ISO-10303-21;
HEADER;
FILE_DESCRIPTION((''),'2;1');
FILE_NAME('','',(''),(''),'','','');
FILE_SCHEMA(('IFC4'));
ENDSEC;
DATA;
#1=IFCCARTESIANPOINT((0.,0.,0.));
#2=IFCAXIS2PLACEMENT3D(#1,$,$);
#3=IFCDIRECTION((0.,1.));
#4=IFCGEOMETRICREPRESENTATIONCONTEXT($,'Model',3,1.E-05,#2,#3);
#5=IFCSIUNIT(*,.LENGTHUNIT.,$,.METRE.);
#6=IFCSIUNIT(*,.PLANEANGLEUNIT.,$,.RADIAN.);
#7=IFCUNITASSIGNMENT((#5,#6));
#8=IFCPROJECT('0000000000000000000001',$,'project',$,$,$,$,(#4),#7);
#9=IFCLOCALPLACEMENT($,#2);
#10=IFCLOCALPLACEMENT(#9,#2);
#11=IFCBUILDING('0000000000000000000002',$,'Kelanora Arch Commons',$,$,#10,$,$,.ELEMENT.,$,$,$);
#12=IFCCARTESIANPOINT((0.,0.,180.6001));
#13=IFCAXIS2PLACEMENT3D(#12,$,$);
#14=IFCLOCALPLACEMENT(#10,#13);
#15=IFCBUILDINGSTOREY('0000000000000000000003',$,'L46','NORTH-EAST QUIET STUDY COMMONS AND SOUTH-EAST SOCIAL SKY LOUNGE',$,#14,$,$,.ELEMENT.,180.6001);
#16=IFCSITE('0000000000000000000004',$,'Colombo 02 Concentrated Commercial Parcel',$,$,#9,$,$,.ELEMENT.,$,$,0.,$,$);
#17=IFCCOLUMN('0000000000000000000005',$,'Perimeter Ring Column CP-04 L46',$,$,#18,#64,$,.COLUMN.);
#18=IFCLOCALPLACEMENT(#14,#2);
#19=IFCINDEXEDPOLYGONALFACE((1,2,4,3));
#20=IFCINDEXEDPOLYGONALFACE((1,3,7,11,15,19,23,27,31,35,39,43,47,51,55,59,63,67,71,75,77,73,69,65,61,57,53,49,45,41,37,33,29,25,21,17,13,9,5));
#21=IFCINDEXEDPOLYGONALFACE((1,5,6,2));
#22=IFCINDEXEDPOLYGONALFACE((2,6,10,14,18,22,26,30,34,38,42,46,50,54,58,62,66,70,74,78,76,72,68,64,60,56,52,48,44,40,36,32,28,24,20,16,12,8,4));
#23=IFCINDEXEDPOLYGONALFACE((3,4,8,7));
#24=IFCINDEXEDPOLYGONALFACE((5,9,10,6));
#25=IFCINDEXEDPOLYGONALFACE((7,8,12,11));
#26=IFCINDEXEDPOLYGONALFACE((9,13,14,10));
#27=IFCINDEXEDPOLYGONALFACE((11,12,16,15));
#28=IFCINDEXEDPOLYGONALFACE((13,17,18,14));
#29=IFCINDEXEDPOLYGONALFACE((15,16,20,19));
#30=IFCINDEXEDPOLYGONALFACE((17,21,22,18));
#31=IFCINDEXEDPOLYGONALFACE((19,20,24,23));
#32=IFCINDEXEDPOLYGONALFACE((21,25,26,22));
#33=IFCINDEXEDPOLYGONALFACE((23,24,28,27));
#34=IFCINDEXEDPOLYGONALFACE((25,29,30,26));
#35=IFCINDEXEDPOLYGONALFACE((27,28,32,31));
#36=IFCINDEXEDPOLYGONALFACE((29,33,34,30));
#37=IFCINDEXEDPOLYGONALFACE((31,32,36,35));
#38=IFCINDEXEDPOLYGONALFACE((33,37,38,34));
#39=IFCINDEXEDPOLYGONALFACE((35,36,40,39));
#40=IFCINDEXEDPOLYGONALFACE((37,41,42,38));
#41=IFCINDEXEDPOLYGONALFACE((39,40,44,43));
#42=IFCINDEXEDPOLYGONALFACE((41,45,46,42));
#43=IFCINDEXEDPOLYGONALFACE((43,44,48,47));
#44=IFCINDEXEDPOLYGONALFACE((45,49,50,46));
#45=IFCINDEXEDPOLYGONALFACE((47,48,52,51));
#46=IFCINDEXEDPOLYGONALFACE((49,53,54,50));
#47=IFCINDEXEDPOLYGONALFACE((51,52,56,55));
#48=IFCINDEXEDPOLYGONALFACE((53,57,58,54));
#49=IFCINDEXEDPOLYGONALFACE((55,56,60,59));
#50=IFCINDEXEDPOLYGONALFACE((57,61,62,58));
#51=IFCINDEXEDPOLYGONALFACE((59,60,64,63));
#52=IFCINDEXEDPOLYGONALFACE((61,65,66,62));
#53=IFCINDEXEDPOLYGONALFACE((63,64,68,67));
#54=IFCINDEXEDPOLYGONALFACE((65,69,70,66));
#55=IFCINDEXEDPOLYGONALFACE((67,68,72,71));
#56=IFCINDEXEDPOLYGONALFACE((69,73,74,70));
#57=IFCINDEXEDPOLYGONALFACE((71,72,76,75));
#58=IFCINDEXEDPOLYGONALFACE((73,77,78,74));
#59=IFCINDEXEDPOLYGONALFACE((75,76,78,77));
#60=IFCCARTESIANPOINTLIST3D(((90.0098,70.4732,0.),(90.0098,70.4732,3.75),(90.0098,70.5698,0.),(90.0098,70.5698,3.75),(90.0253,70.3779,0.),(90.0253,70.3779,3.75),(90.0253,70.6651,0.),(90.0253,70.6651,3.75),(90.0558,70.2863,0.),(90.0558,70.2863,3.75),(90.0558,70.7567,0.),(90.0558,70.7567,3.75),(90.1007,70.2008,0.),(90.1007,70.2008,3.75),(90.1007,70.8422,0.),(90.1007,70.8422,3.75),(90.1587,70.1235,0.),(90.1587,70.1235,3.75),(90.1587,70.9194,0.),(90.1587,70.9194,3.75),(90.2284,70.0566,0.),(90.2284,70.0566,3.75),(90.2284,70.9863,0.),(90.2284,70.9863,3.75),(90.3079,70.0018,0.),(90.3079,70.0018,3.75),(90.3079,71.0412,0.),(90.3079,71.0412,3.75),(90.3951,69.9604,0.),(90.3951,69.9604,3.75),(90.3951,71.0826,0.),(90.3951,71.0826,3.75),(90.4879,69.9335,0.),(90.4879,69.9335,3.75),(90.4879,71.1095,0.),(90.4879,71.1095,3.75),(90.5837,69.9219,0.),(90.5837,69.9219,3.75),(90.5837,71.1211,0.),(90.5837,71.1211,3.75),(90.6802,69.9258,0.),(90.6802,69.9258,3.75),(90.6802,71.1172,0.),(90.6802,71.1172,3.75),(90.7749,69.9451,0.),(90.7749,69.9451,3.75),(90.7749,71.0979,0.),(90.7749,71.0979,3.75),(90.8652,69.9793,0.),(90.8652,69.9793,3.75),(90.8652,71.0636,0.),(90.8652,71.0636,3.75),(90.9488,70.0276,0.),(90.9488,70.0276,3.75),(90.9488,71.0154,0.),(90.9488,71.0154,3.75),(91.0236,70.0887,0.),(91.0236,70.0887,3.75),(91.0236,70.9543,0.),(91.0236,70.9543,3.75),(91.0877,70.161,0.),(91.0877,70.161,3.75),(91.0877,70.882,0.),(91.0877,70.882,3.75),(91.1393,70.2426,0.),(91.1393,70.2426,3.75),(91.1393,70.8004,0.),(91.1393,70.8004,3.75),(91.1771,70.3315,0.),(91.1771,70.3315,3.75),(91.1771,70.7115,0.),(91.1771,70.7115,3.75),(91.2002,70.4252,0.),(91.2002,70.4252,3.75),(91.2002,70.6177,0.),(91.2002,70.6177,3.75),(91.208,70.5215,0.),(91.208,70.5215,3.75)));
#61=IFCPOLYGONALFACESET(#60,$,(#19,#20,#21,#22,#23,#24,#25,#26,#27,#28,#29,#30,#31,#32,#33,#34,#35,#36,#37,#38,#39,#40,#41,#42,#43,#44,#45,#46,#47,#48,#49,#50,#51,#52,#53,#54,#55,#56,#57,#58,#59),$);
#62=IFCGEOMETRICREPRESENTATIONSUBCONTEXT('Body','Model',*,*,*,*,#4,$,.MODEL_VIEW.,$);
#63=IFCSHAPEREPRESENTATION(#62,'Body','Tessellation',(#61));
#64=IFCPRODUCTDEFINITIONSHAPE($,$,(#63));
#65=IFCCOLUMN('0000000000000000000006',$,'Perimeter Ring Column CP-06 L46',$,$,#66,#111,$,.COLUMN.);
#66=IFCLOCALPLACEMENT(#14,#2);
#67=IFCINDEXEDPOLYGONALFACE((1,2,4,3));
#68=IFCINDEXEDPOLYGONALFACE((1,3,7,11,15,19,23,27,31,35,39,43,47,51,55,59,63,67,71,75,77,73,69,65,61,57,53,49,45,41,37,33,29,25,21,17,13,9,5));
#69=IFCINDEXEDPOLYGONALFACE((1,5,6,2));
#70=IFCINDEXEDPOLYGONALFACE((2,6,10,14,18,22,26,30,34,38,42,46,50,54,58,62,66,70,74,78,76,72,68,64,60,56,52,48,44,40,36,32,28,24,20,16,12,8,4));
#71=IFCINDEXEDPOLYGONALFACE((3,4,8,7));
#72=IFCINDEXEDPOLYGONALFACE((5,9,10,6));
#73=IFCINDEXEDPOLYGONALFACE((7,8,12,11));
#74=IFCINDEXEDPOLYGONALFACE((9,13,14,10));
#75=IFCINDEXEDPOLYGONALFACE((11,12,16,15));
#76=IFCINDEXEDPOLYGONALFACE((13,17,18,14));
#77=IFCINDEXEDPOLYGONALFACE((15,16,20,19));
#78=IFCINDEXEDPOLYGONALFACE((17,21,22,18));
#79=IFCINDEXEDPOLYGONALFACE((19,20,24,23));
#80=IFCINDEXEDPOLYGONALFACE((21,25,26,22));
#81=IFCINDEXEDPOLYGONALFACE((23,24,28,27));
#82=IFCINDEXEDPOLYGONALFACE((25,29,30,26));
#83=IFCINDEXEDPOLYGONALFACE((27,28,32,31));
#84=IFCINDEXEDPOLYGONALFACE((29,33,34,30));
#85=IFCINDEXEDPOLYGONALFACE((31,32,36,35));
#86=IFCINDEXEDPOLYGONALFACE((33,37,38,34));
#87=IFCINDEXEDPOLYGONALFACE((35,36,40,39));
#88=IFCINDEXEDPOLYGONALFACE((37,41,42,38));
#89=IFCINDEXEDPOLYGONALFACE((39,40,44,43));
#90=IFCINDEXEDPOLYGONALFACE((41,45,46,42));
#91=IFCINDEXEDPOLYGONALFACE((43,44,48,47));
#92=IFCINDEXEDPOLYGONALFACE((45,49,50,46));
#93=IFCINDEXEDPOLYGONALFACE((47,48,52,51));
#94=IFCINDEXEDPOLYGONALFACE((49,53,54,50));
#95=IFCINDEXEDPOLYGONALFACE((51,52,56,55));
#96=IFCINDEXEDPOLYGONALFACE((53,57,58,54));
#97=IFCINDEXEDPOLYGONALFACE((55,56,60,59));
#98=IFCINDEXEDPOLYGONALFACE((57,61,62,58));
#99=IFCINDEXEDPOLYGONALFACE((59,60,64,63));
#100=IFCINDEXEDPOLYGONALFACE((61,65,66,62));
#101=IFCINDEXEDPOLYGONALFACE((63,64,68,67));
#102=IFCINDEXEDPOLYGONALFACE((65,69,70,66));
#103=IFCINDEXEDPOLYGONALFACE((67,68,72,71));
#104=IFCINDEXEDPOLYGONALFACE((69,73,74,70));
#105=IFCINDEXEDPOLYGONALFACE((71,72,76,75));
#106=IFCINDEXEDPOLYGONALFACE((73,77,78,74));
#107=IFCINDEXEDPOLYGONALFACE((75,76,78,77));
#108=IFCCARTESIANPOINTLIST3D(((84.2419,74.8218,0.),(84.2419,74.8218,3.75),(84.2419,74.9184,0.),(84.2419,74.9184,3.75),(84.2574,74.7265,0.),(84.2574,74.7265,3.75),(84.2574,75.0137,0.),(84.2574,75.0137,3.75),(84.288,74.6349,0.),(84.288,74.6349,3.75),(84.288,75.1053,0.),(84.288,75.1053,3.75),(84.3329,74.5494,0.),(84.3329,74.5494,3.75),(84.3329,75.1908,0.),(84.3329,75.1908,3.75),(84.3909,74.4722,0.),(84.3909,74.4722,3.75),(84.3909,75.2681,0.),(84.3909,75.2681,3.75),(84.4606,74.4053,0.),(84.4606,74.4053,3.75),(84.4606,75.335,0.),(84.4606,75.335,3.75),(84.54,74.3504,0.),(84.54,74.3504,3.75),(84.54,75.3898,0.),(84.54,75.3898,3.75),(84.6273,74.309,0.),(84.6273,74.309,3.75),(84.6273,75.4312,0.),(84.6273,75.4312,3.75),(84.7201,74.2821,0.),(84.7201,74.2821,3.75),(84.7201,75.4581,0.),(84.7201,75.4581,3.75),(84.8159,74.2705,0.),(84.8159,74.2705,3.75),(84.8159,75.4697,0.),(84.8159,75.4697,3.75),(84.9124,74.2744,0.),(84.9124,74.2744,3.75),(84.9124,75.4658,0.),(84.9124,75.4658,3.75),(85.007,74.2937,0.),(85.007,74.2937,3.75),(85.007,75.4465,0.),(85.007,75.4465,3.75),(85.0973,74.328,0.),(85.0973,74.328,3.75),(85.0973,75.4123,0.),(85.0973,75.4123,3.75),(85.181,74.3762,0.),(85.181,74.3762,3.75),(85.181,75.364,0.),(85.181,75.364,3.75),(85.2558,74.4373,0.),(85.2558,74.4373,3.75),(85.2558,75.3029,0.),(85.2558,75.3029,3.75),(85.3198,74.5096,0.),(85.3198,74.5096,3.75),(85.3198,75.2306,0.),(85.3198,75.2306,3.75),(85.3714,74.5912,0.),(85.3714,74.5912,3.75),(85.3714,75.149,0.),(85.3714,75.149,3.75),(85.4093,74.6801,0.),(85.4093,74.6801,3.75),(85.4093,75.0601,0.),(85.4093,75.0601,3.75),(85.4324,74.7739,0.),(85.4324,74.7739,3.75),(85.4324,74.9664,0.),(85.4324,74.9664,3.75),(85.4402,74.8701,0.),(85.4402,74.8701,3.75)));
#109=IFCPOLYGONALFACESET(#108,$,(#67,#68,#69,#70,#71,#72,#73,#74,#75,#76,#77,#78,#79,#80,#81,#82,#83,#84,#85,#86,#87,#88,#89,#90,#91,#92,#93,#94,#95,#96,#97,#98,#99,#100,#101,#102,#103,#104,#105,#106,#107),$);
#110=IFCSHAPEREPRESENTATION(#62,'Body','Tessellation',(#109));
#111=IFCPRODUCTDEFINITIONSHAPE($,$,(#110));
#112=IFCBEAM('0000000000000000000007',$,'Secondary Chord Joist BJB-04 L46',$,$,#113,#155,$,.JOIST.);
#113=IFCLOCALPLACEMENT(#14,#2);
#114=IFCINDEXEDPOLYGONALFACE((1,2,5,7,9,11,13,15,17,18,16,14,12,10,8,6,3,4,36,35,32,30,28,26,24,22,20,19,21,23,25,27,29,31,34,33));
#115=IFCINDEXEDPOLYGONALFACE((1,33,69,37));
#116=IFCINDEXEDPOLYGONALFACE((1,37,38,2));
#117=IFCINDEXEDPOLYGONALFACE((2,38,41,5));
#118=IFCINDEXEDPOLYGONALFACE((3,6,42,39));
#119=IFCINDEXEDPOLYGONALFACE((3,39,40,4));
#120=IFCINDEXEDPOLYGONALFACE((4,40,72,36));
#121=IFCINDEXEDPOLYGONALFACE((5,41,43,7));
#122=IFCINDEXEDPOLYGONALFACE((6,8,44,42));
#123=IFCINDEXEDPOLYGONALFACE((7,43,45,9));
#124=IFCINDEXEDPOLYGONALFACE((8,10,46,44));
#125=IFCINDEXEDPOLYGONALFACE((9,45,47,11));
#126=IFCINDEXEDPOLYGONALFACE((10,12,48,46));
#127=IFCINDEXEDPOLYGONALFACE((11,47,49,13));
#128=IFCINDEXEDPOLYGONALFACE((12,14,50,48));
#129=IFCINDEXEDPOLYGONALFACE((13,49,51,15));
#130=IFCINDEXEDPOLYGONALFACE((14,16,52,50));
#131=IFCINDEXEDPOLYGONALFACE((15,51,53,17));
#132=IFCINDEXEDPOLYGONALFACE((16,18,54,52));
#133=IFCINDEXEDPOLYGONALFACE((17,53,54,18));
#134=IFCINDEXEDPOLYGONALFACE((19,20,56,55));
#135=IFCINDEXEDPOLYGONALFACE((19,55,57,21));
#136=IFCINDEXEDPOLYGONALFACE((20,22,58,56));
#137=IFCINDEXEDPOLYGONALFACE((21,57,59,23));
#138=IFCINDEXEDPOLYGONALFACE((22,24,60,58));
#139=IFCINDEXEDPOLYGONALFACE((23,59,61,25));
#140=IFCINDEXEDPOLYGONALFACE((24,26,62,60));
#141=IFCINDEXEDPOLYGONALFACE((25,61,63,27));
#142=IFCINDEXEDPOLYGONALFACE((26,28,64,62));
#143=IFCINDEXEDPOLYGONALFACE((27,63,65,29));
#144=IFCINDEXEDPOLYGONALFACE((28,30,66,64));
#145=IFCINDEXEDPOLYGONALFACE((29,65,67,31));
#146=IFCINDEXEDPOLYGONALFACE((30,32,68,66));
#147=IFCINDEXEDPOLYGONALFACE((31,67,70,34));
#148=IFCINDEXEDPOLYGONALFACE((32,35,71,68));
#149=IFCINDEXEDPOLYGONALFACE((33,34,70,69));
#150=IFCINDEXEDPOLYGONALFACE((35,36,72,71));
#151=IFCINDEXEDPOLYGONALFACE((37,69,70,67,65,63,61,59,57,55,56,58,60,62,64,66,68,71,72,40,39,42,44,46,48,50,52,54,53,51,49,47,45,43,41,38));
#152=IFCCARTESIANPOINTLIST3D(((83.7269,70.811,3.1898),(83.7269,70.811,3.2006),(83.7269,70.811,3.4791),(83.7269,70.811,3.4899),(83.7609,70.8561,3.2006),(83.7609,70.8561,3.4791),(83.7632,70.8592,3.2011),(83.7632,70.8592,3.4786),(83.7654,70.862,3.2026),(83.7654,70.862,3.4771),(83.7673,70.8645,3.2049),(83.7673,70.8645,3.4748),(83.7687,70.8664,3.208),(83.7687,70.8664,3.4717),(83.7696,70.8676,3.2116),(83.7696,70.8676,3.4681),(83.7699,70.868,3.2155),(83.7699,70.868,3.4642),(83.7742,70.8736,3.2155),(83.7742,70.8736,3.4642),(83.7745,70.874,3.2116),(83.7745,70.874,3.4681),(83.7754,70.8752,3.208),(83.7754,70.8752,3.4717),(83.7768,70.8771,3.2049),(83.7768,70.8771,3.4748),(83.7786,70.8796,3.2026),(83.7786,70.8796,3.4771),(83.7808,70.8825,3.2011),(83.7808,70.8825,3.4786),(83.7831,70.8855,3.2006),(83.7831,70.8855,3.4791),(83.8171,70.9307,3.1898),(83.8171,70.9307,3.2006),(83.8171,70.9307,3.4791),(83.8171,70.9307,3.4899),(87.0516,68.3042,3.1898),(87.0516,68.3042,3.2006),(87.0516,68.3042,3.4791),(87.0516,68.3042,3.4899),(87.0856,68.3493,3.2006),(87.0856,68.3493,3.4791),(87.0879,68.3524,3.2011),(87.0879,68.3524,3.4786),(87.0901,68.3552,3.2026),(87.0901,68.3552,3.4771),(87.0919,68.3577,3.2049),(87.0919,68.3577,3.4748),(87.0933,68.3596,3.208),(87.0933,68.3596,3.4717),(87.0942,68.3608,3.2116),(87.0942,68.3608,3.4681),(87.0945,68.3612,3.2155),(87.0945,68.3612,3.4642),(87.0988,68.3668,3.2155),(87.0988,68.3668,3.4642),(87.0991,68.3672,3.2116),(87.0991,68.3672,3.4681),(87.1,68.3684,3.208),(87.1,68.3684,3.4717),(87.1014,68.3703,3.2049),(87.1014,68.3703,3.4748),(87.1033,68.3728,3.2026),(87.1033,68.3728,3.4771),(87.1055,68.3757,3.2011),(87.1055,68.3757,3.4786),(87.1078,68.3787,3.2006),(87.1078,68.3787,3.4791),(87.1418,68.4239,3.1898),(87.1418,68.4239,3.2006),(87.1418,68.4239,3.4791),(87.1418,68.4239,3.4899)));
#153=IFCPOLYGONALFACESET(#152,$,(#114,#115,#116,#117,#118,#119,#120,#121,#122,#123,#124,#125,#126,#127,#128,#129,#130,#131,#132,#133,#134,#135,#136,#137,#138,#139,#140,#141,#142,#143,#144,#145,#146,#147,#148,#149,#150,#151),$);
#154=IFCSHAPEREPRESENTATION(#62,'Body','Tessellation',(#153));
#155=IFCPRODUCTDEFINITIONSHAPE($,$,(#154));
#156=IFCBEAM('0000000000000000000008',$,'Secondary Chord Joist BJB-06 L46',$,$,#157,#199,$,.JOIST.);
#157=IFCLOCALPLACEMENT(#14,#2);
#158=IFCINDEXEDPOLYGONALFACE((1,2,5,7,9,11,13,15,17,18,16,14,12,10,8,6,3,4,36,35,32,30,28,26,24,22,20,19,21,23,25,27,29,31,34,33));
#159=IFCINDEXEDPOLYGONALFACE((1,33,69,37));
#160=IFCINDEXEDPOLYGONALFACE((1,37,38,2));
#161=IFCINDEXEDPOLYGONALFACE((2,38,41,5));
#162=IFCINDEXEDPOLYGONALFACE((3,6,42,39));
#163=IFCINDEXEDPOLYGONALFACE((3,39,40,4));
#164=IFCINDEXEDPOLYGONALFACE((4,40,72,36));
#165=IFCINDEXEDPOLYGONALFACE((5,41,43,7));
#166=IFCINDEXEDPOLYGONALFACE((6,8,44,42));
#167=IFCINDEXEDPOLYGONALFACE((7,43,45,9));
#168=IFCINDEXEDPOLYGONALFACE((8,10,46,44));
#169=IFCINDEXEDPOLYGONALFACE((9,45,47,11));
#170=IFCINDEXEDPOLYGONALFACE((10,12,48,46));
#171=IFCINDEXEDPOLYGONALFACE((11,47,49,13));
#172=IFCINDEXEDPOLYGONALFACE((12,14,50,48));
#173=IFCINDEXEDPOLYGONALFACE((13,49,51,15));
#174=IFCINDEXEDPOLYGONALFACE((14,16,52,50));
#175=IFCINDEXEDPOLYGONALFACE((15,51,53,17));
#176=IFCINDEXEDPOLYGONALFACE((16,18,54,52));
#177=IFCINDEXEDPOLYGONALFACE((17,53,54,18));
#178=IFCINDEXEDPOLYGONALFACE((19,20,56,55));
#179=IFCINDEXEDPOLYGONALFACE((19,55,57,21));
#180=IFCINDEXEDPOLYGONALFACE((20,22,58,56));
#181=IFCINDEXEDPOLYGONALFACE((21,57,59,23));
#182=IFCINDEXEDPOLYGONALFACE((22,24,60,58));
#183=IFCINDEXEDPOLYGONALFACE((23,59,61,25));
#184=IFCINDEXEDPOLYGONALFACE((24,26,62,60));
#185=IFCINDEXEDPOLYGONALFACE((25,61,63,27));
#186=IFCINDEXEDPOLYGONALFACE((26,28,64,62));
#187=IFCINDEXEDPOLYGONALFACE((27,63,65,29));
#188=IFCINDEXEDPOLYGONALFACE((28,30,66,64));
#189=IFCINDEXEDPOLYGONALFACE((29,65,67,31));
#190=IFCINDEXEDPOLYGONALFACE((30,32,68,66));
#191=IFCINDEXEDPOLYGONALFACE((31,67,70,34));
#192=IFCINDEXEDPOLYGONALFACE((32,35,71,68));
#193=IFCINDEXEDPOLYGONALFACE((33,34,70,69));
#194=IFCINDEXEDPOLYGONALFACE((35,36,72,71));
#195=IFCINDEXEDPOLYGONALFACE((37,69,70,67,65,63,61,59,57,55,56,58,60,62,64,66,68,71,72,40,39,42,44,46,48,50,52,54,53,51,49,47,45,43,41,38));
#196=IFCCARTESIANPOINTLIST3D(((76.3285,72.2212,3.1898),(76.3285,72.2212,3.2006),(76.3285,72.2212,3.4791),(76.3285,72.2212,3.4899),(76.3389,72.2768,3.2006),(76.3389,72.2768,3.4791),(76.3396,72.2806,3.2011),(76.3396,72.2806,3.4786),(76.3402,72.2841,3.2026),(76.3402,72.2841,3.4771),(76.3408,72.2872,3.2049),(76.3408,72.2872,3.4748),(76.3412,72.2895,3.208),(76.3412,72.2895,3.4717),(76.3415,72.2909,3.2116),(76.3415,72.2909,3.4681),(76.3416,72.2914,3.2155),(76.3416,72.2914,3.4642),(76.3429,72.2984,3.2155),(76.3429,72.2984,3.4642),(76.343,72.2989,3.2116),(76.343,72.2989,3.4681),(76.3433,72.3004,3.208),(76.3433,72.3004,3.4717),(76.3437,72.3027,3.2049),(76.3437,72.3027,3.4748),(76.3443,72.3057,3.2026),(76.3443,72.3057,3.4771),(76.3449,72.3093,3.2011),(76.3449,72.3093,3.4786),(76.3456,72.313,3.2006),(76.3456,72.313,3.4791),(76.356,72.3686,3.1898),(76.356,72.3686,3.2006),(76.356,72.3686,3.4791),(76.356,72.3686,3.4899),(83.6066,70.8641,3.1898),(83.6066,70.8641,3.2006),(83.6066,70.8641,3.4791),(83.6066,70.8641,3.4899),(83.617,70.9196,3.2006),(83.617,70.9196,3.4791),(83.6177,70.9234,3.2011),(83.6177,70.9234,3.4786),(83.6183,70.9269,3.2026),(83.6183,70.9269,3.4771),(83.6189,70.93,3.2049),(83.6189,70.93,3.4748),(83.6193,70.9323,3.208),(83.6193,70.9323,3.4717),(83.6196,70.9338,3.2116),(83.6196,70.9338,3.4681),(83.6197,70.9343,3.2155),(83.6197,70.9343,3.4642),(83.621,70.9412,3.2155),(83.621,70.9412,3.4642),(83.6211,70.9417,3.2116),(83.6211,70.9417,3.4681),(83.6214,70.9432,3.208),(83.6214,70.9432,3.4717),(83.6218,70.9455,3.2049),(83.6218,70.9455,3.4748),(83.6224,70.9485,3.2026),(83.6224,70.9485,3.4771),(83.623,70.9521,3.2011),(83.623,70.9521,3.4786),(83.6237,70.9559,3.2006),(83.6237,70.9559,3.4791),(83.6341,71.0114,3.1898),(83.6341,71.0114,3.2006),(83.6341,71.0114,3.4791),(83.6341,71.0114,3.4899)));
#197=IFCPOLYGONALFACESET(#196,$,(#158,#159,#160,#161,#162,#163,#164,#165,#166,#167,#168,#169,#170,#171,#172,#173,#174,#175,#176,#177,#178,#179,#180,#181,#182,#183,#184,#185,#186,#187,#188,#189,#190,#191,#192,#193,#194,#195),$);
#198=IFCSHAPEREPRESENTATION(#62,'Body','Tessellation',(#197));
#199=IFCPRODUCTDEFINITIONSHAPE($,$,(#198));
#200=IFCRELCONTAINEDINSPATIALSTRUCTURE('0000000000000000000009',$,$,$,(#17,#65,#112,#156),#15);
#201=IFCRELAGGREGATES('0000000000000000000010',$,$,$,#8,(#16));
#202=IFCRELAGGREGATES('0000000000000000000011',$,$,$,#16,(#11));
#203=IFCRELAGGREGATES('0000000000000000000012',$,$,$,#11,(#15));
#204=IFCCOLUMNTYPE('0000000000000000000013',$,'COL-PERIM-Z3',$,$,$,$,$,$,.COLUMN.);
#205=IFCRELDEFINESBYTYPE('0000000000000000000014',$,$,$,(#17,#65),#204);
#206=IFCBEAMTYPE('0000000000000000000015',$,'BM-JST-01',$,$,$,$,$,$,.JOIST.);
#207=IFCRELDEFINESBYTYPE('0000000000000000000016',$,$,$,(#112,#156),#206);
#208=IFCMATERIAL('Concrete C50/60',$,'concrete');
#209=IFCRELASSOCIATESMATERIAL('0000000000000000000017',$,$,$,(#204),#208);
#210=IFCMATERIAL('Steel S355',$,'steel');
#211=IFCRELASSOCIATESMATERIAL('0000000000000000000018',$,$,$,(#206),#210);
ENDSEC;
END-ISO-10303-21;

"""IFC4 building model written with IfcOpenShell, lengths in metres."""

from ifc_helpers import new_model, si_unit, direction, frame, origin, origin_2d, place, context, subcontext, project, spatial, circle, i_section, extrude, material, material_profile, profile_set, type_object, element, save


model = new_model("IFC4")

# Units and contexts
model_context = context("Model", 3, precision=1e-05, world=origin(), true_north=direction((0.0, 1.0)))
body_context = subcontext(model_context, "Body", "Model", "MODEL_VIEW")
ifc_project = project(units=[si_unit("LENGTHUNIT", "METRE"), si_unit("PLANEANGLEUNIT", "RADIAN")], contexts=[model_context])

# Site, building, storey
site_placement = place(None, origin())
site = spatial("IfcSite", under=ifc_project, at=site_placement, Name="Colombo 02 Concentrated Commercial Parcel", CompositionType="ELEMENT", RefElevation=0.0)
building_placement = place(site_placement, origin())
building = spatial("IfcBuilding", under=site, at=building_placement, Name="Kelanora Arch Commons", CompositionType="ELEMENT")
storey_placement = place(building_placement, frame((0.0, 0.0, 180.6001)))
storey = spatial("IfcBuildingStorey", under=building, at=storey_placement, Name="L46", Description="NORTH-EAST QUIET STUDY COMMONS AND SOUTH-EAST SOCIAL SKY LOUNGE", CompositionType="ELEMENT", Elevation=180.6001)

# Columns
ifc_material_1 = material(Name="Concrete C50/60", Category="concrete")
ifc_material_profile_1 = material_profile(ifc_material_1, circle(Radius=0.6001, at=origin_2d()), Name="RCC1200")
ifc_profile_set_1 = profile_set([ifc_material_profile_1], Name="Concrete C50/60")
column_type = type_object("IfcColumnType", Name="COL-PERIM-Z3", PredefinedType="COLUMN", material=ifc_profile_set_1)
for number, where, z_axis, x_axis, name in (
    (1, (90.6079, 70.5215, 0.0), (0.0, 0.0, 1.0), (1.0, 0.0, 0.0), "Perimeter Ring Column CP-04 L46"),
    (2, (84.8401, 74.8701, 0.0), (0.0, 0.0, 1.0), (1.0, 0.0, 0.0), "Perimeter Ring Column CP-06 L46"),
):
    element("IfcColumn", number, at=place(storey_placement, frame(where, z_axis=z_axis, x_axis=x_axis)), inside=storey, type_object=column_type, Name=name, PredefinedType="COLUMN", context=body_context, shape_type="SweptSolid", body=[
        extrude(circle(Radius=0.6001, at=origin_2d()), origin(), (0.0, 0.0, 1.0), 3.75),
    ])

# Beams
ifc_material_2 = material(Name="Steel S355", Category="steel")
ifc_material_profile_2 = material_profile(ifc_material_2, i_section(OverallWidth=0.1499, OverallDepth=0.3, WebThickness=0.0071, FlangeThickness=0.0107, FilletRadius=0.0149, at=origin_2d()), Name="IPE300")
ifc_profile_set_2 = profile_set([ifc_material_profile_2], Name="Steel S355")
beam_type_1 = type_object("IfcBeamType", Name="BM-JST-01", PredefinedType="JOIST", material=ifc_profile_set_2)
beam_1_placement = place(storey_placement, frame((87.0967, 68.364, 3.3398), z_axis=(-0.798464, 0.602043, 0.0), x_axis=(-0.602043, -0.798464, 0.0)))
element("IfcBeam", 3, at=beam_1_placement, inside=storey, type_object=beam_type_1, Name="Secondary Chord Joist BJB-04 L46", PredefinedType="JOIST", context=body_context, shape_type="SweptSolid", body=[
    extrude(i_section(OverallWidth=0.1499, OverallDepth=0.3, WebThickness=0.0071, FlangeThickness=0.0107, FilletRadius=0.0149, at=origin_2d()), origin(), (0.0, 0.0, 1.0), 4.1638),
])
beam_2_placement = place(storey_placement, frame((83.6204, 70.9377, 3.3398), z_axis=(-0.983054, 0.183315, 0.0), x_axis=(-0.183315, -0.983054, 0.0)))
element("IfcBeam", 4, at=beam_2_placement, inside=storey, type_object=beam_type_1, Name="Secondary Chord Joist BJB-06 L46", PredefinedType="JOIST", context=body_context, shape_type="SweptSolid", body=[
    extrude(i_section(OverallWidth=0.1499, OverallDepth=0.3, WebThickness=0.0071, FlangeThickness=0.0107, FilletRadius=0.0149, at=origin_2d()), origin(), (0.0, 0.0, 1.0), 7.4036),
])

save(model, "model.ifc")
